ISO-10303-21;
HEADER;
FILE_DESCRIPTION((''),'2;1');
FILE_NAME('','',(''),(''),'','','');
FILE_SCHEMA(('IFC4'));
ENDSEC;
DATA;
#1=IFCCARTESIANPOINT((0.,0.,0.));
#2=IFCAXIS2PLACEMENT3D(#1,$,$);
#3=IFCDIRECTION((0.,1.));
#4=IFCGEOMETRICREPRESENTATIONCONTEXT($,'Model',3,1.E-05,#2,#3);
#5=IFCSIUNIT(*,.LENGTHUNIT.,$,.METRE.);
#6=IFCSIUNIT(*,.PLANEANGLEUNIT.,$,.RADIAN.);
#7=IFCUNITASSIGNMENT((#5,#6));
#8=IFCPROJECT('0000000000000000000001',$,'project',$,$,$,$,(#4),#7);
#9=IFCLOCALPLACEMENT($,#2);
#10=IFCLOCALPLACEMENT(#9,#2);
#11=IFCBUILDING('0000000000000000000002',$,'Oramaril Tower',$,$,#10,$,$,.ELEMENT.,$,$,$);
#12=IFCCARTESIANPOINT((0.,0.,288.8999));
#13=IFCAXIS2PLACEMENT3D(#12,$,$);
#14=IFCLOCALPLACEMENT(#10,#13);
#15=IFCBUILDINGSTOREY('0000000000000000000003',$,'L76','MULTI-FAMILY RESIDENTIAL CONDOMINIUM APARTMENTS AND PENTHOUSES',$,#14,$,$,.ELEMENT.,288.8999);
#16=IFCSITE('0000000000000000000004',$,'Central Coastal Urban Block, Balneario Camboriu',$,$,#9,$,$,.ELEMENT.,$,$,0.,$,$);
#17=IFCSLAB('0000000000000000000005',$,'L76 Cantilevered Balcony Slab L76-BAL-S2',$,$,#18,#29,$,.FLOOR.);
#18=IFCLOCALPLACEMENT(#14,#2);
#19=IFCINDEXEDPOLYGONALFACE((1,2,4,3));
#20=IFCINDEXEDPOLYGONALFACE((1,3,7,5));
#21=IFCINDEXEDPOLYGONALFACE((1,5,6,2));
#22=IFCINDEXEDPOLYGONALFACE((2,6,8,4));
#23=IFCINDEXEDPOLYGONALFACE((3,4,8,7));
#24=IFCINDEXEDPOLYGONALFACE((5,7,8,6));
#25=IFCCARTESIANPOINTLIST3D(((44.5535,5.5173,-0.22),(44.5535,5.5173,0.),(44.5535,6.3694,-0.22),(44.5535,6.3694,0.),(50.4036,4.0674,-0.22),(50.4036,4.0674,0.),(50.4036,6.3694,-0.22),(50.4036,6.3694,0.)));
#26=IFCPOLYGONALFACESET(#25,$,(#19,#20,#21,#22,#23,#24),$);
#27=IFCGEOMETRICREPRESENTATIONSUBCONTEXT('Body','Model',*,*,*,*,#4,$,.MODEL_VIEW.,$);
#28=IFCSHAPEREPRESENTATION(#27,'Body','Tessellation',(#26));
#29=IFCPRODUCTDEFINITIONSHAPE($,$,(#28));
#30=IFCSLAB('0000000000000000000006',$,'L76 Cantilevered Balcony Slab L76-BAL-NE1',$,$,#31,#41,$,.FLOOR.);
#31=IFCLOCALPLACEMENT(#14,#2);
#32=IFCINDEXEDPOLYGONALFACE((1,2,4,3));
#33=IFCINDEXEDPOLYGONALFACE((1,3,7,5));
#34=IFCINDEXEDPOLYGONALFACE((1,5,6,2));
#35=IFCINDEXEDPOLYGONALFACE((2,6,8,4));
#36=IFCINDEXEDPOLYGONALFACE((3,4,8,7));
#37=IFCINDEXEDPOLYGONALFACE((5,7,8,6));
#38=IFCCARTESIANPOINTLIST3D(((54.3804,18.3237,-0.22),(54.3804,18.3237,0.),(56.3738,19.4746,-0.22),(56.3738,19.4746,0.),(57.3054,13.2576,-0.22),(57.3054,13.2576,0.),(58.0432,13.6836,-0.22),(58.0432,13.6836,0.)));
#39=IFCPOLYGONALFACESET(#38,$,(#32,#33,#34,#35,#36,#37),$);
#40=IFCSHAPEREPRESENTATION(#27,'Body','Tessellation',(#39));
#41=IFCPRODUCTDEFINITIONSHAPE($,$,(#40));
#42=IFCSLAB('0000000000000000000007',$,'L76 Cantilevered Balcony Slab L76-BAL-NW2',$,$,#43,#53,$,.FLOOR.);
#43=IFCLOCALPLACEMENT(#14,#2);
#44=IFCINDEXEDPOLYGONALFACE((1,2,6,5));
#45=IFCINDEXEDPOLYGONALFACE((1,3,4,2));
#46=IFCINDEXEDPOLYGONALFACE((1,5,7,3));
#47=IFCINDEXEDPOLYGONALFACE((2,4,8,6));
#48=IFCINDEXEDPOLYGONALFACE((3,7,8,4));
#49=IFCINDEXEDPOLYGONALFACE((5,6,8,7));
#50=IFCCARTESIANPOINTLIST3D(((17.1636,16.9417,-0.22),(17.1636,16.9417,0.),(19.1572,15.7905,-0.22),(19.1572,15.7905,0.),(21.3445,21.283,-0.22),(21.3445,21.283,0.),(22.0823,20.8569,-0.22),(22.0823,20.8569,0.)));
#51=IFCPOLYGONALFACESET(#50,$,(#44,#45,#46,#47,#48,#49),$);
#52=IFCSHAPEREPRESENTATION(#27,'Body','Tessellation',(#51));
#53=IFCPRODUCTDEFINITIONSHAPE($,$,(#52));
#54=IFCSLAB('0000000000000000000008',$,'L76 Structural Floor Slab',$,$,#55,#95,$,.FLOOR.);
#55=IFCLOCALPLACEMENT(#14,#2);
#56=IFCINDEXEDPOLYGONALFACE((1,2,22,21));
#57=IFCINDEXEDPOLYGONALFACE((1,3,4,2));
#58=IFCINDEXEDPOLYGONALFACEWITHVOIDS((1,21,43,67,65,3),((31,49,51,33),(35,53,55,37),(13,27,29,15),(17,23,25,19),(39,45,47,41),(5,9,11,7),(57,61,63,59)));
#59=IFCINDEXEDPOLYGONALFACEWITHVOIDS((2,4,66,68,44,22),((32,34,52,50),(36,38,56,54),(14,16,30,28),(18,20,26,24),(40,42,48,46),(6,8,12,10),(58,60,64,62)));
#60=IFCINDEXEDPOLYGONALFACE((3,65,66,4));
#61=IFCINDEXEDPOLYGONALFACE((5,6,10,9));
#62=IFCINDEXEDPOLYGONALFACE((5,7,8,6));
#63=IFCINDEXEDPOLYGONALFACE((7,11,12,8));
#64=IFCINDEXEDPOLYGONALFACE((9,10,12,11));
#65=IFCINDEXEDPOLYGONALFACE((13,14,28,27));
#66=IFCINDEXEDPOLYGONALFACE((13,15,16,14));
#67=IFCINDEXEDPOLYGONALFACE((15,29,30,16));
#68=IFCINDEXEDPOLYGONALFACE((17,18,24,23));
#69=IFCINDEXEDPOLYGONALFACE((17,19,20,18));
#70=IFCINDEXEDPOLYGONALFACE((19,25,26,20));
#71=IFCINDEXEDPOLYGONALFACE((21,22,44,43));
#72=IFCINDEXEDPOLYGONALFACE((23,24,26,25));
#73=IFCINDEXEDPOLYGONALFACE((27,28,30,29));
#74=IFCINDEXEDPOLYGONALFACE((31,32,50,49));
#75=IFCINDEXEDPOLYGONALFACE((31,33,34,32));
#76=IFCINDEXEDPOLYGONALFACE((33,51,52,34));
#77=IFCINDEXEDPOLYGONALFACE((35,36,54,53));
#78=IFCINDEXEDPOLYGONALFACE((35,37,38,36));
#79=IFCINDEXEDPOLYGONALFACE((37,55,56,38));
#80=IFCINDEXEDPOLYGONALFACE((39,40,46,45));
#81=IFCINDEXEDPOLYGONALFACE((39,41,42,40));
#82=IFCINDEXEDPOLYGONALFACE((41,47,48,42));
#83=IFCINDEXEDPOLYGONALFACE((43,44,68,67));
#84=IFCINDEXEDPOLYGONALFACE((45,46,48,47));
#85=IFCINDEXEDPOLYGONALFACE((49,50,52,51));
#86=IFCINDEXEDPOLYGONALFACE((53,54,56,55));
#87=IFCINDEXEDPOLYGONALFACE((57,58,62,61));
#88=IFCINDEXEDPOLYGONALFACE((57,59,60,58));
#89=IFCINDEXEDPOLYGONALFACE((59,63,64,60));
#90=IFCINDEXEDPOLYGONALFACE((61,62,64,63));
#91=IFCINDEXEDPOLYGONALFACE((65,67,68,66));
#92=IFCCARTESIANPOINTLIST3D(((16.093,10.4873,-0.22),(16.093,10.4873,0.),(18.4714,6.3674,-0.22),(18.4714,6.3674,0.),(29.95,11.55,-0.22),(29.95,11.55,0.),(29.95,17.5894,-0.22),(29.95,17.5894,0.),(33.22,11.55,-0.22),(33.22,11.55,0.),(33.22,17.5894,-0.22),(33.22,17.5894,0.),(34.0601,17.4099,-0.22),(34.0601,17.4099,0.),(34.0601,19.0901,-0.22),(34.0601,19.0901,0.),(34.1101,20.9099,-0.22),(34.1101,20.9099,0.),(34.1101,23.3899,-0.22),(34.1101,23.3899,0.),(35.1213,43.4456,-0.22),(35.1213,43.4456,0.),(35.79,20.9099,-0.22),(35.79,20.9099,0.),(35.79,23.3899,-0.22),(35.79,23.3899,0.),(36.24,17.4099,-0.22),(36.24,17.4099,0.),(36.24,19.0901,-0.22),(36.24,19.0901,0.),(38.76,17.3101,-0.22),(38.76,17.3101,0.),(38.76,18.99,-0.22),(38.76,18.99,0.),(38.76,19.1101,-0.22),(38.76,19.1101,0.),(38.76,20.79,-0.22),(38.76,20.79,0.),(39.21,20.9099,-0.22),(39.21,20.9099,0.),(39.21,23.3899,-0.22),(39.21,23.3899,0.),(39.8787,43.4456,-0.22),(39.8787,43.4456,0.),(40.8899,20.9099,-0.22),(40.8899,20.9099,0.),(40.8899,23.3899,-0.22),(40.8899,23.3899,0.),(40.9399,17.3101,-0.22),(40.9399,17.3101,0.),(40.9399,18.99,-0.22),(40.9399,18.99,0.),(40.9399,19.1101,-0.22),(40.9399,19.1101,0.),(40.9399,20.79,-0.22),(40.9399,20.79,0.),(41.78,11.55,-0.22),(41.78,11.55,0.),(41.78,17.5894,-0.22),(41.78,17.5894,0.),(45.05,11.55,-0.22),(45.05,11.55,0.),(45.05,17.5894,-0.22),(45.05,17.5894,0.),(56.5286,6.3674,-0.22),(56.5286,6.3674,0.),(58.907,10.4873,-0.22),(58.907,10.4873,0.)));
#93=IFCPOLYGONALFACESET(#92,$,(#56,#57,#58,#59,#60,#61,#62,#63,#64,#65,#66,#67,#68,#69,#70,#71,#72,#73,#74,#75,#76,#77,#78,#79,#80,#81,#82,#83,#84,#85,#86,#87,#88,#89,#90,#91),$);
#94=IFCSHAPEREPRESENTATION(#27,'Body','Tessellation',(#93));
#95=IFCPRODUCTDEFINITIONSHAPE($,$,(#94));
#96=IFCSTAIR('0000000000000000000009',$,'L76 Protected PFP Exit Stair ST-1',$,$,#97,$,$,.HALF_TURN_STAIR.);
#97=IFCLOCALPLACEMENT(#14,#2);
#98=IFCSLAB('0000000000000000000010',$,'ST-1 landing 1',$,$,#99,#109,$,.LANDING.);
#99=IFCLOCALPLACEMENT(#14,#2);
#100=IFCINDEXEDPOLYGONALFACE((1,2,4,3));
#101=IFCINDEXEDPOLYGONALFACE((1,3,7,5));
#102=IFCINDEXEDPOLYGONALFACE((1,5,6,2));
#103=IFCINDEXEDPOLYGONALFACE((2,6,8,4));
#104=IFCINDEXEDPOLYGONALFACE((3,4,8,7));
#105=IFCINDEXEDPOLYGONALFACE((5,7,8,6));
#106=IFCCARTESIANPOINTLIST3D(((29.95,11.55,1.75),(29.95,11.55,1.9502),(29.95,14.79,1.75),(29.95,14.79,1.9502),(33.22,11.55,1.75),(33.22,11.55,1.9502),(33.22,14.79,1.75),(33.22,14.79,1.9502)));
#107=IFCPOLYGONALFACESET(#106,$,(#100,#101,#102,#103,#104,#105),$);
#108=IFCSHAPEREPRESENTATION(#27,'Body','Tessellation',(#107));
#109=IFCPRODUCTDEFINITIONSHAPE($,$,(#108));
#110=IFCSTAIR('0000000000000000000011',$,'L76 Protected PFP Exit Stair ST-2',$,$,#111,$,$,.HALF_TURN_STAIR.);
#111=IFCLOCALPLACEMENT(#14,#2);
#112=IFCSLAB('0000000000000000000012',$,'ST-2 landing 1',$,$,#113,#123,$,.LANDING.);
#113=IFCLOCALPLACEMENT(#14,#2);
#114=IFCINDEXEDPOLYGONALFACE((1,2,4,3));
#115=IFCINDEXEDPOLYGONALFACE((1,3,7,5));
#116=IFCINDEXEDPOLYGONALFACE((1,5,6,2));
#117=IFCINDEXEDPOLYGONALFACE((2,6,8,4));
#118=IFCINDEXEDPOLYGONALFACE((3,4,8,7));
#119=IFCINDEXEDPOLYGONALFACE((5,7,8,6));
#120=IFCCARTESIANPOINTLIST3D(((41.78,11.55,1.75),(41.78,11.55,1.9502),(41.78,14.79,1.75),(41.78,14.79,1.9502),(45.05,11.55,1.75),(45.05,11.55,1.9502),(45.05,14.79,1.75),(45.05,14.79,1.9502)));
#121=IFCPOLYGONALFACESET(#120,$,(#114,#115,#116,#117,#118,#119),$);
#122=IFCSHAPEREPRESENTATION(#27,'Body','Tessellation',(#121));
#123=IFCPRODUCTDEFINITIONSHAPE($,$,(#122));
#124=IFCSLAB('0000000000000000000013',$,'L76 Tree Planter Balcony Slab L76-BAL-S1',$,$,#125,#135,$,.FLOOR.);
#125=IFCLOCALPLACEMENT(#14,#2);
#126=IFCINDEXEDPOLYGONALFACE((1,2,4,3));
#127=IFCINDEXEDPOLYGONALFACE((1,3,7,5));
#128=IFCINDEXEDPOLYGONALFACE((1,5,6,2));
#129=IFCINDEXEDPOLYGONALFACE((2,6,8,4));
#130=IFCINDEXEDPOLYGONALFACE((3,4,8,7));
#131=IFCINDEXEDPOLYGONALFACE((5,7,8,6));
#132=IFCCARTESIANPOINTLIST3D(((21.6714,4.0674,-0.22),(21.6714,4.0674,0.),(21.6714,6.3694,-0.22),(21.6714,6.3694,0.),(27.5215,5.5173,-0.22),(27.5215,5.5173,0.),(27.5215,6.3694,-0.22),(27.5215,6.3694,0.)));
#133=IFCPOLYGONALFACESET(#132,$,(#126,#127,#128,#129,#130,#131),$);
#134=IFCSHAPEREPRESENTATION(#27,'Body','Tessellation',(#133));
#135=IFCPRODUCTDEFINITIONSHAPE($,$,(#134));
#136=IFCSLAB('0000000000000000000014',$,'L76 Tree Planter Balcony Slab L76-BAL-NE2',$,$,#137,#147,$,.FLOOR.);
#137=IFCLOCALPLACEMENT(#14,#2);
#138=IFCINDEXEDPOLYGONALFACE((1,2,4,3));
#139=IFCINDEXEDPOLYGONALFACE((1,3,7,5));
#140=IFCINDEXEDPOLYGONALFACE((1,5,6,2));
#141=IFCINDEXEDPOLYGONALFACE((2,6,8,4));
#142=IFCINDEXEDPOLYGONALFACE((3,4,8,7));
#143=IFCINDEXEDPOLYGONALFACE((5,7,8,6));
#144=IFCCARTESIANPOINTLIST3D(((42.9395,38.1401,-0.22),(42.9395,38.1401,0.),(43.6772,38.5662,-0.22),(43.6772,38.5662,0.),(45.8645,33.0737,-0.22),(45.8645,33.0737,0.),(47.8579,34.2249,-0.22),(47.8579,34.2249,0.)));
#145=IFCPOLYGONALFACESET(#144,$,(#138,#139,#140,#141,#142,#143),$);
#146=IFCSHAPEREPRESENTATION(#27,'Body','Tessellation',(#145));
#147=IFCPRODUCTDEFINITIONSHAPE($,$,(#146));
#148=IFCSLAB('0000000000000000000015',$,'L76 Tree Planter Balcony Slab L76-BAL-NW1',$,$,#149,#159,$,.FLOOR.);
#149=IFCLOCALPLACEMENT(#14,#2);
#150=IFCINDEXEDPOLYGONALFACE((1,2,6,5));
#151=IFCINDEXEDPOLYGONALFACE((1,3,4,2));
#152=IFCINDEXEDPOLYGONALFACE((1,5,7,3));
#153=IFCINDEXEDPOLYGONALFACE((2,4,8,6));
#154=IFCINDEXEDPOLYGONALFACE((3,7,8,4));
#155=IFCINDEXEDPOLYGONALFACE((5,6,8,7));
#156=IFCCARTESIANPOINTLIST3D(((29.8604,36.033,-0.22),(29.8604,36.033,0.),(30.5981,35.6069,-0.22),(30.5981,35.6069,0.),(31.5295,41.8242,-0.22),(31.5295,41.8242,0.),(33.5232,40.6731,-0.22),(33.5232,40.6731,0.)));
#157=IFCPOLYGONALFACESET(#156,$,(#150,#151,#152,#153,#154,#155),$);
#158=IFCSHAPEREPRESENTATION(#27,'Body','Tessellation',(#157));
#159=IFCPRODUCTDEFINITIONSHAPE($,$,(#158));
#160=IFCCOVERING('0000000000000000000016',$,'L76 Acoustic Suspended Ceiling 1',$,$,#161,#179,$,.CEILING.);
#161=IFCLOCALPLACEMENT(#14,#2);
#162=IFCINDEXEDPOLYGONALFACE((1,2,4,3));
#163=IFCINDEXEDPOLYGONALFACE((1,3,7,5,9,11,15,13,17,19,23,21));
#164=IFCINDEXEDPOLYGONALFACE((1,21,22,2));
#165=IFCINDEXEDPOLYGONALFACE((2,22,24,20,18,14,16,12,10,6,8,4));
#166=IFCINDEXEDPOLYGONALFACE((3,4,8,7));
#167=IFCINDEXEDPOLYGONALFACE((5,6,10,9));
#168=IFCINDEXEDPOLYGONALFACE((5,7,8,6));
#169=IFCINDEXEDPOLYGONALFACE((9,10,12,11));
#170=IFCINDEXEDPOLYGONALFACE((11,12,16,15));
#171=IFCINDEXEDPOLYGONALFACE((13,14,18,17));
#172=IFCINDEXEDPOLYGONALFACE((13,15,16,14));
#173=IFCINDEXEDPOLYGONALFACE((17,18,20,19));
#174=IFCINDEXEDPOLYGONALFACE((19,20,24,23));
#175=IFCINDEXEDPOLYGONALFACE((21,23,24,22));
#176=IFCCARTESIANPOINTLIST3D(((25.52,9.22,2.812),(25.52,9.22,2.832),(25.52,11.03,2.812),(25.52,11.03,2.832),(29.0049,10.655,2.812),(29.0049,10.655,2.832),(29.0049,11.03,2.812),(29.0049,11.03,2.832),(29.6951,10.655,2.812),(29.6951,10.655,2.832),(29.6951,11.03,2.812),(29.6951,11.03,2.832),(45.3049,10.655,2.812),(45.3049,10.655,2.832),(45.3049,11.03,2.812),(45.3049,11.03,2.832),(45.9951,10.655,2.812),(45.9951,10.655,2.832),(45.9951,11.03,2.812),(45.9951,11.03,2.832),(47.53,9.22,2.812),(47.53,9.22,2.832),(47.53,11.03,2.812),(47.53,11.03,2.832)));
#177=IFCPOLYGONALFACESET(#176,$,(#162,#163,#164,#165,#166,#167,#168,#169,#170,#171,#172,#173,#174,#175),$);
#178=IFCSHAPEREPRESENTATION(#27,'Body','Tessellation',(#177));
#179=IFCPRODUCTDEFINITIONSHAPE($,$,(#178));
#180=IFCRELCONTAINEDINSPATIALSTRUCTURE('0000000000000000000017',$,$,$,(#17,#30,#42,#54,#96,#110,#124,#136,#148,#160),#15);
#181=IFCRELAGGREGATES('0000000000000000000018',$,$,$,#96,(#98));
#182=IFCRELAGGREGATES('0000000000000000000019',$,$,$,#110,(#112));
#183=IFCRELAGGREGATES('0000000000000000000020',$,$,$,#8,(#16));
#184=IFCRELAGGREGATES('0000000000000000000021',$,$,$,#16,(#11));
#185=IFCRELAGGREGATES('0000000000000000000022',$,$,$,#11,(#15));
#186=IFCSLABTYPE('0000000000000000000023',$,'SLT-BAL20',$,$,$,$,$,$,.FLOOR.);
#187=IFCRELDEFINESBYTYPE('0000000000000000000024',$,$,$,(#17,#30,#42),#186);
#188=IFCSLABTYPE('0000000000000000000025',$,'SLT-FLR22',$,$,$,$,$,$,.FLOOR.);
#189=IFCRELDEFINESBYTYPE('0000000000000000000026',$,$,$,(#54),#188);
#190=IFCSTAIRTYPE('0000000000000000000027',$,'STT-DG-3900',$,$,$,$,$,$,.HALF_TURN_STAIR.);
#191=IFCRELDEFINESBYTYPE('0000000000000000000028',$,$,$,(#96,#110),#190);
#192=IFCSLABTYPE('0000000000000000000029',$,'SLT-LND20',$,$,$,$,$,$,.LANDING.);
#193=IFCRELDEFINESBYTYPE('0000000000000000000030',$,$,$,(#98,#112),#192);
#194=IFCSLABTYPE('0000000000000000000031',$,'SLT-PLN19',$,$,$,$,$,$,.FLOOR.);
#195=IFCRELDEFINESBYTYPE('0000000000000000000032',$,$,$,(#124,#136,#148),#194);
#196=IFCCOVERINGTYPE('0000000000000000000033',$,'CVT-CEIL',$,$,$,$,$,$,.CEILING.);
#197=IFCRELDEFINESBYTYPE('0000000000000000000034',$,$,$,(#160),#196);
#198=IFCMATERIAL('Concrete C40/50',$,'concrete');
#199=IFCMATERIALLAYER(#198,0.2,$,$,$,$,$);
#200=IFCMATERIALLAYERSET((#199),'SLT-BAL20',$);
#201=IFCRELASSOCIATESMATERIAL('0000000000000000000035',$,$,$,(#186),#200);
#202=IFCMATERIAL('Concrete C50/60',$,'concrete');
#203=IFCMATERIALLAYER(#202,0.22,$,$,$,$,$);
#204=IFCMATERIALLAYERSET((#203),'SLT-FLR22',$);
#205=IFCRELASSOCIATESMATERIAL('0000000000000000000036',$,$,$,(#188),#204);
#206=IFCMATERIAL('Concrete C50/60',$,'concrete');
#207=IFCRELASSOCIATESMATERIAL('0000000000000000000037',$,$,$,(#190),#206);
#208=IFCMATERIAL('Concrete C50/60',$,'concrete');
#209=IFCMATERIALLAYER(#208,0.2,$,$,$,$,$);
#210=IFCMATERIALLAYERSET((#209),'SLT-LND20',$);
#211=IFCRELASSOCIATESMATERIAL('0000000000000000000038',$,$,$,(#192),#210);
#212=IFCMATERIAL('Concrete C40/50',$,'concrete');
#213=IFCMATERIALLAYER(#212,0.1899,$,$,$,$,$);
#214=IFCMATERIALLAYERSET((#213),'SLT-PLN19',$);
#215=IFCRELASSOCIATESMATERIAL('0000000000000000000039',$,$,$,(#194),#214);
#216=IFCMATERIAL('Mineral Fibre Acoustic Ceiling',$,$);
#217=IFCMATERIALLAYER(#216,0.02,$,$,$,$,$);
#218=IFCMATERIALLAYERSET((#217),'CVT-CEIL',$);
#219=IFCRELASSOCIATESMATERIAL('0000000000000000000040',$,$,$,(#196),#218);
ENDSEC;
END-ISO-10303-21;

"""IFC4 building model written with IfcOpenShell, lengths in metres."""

from ifc_helpers import new_model, si_unit, direction, frame, origin, place, context, subcontext, project, spatial, polyline, outline, extrude, material, layer, layer_set, type_object, element, aggregate, save


model = new_model("IFC4")

# Units and contexts
model_context = context("Model", 3, precision=1e-05, world=origin(), true_north=direction((0.0, 1.0)))
body_context = subcontext(model_context, "Body", "Model", "MODEL_VIEW")
ifc_project = project(units=[si_unit("LENGTHUNIT", "METRE"), si_unit("PLANEANGLEUNIT", "RADIAN")], contexts=[model_context])

# Site, building, storey
site_placement = place(None, origin())
site = spatial("IfcSite", under=ifc_project, at=site_placement, Name="Central Coastal Urban Block, Balneario Camboriu", CompositionType="ELEMENT", RefElevation=0.0)
building_placement = place(site_placement, origin())
building = spatial("IfcBuilding", under=site, at=building_placement, Name="Oramaril Tower", CompositionType="ELEMENT")
storey_placement = place(building_placement, frame((0.0, 0.0, 288.8999)))
storey = spatial("IfcBuildingStorey", under=building, at=storey_placement, Name="L76", Description="MULTI-FAMILY RESIDENTIAL CONDOMINIUM APARTMENTS AND PENTHOUSES", CompositionType="ELEMENT", Elevation=288.8999)

# Slabs
ifc_material_1 = material(Name="Concrete C40/50", Category="concrete")
ifc_layer_1 = layer(ifc_material_1, 0.2)
ifc_layer_set_1 = layer_set([ifc_layer_1], Name="SLT-BAL20")
slab_type_1 = type_object("IfcSlabType", Name="SLT-BAL20", PredefinedType="FLOOR", material=ifc_layer_set_1)
slab_1_placement = place(storey_placement, frame((0.0, 0.0, -0.22)))
element("IfcSlab", 1, at=slab_1_placement, inside=storey, type_object=slab_type_1, Name="L76 Cantilevered Balcony Slab L76-BAL-S2", PredefinedType="FLOOR", context=body_context, shape_type="SweptSolid", body=[
    extrude(outline(polyline([(44.5535, 6.3694), (50.4036, 6.3694), (50.4036, 4.0674), (44.5535, 5.5173), (44.5535, 6.3694)])), origin(), (0.0, 0.0, 1.0), 0.22),
])
slab_2_placement = place(storey_placement, frame((0.0, 0.0, -0.22)))
element("IfcSlab", 2, at=slab_2_placement, inside=storey, type_object=slab_type_1, Name="L76 Cantilevered Balcony Slab L76-BAL-NE1", PredefinedType="FLOOR", context=body_context, shape_type="SweptSolid", body=[
    extrude(outline(polyline([(57.3054, 13.2576), (54.3804, 18.3237), (56.3738, 19.4746), (58.0432, 13.6836), (57.3054, 13.2576)])), origin(), (0.0, 0.0, 1.0), 0.22),
])
slab_3_placement = place(storey_placement, frame((0.0, 0.0, -0.22)))
element("IfcSlab", 3, at=slab_3_placement, inside=storey, type_object=slab_type_1, Name="L76 Cantilevered Balcony Slab L76-BAL-NW2", PredefinedType="FLOOR", context=body_context, shape_type="SweptSolid", body=[
    extrude(outline(polyline([(22.0823, 20.8569), (19.1572, 15.7905), (17.1636, 16.9417), (21.3445, 21.283), (22.0823, 20.8569)])), origin(), (0.0, 0.0, 1.0), 0.22),
])
ifc_material_2 = material(Name="Concrete C50/60", Category="concrete")
ifc_layer_2 = layer(ifc_material_2, 0.22)
ifc_layer_set_2 = layer_set([ifc_layer_2], Name="SLT-FLR22")
slab_type_2 = type_object("IfcSlabType", Name="SLT-FLR22", PredefinedType="FLOOR", material=ifc_layer_set_2)
slab_4_placement = place(storey_placement, frame((0.0, 0.0, -0.22)))
element("IfcSlab", 4, at=slab_4_placement, inside=storey, type_object=slab_type_2, Name="L76 Structural Floor Slab", PredefinedType="FLOOR", context=body_context, shape_type="SweptSolid", body=[
    extrude(outline(polyline([(16.093, 10.4873), (18.4714, 6.3674), (56.5286, 6.3674), (58.907, 10.4873), (39.8787, 43.4456), (35.1213, 43.4456), (16.093, 10.4873)]), holes=[polyline([(29.95, 17.5894), (29.95, 11.55), (33.22, 11.55), (33.22, 17.5894), (29.95, 17.5894)]), polyline([(41.78, 17.5894), (41.78, 11.55), (45.05, 11.55), (45.05, 17.5894), (41.78, 17.5894)]), polyline([(34.1101, 20.9099), (35.79, 20.9099), (35.79, 23.3899), (34.1101, 23.3899), (34.1101, 20.9099)]), polyline([(39.21, 20.9099), (40.8899, 20.9099), (40.8899, 23.3899), (39.21, 23.3899), (39.21, 20.9099)]), polyline([(34.0601, 17.4099), (36.24, 17.4099), (36.24, 19.0901), (34.0601, 19.0901), (34.0601, 17.4099)]), polyline([(38.76, 17.3101), (40.9399, 17.3101), (40.9399, 18.99), (38.76, 18.99), (38.76, 17.3101)]), polyline([(38.76, 19.1101), (40.9399, 19.1101), (40.9399, 20.79), (38.76, 20.79), (38.76, 19.1101)])]), origin(), (0.0, 0.0, 1.0), 0.22),
])

# Stairs, slabs
ifc_material_3 = material(Name="Concrete C50/60", Category="concrete")
stair_type = type_object("IfcStairType", Name="STT-DG-3900", PredefinedType="HALF_TURN_STAIR", material=ifc_material_3)
stair_1_placement = place(storey_placement, origin())
stair_1 = element("IfcStair", 5, at=stair_1_placement, inside=storey, type_object=stair_type, Name="L76 Protected PFP Exit Stair ST-1", PredefinedType="HALF_TURN_STAIR")
ifc_material_4 = material(Name="Concrete C50/60", Category="concrete")
ifc_layer_3 = layer(ifc_material_4, 0.2)
ifc_layer_set_3 = layer_set([ifc_layer_3], Name="SLT-LND20")
slab_type_3 = type_object("IfcSlabType", Name="SLT-LND20", PredefinedType="LANDING", material=ifc_layer_set_3)
slab_5_placement = place(storey_placement, frame((0.0, 0.0, 1.75)))
slab_5 = element("IfcSlab", 6, at=slab_5_placement, type_object=slab_type_3, Name="ST-1 landing 1", PredefinedType="LANDING", context=body_context, shape_type="SweptSolid", body=[
    extrude(outline(polyline([(29.95, 14.79), (29.95, 11.55), (33.22, 11.55), (33.22, 14.79), (29.95, 14.79)])), origin(), (0.0, 0.0, 1.0), 0.2002),
])
aggregate(stair_1, [slab_5])
stair_2_placement = place(storey_placement, origin())
stair_2 = element("IfcStair", 7, at=stair_2_placement, inside=storey, type_object=stair_type, Name="L76 Protected PFP Exit Stair ST-2", PredefinedType="HALF_TURN_STAIR")
slab_6_placement = place(storey_placement, frame((0.0, 0.0, 1.75)))
slab_6 = element("IfcSlab", 8, at=slab_6_placement, type_object=slab_type_3, Name="ST-2 landing 1", PredefinedType="LANDING", context=body_context, shape_type="SweptSolid", body=[
    extrude(outline(polyline([(41.78, 14.79), (41.78, 11.55), (45.05, 11.55), (45.05, 14.79), (41.78, 14.79)])), origin(), (0.0, 0.0, 1.0), 0.2002),
])
aggregate(stair_2, [slab_6])

# Slabs
ifc_material_5 = material(Name="Concrete C40/50", Category="concrete")
ifc_layer_4 = layer(ifc_material_5, 0.1899)
ifc_layer_set_4 = layer_set([ifc_layer_4], Name="SLT-PLN19")
slab_type_4 = type_object("IfcSlabType", Name="SLT-PLN19", PredefinedType="FLOOR", material=ifc_layer_set_4)
slab_7_placement = place(storey_placement, frame((0.0, 0.0, -0.22)))
element("IfcSlab", 9, at=slab_7_placement, inside=storey, type_object=slab_type_4, Name="L76 Tree Planter Balcony Slab L76-BAL-S1", PredefinedType="FLOOR", context=body_context, shape_type="SweptSolid", body=[
    extrude(outline(polyline([(21.6714, 6.3694), (27.5215, 6.3694), (27.5215, 5.5173), (21.6714, 4.0674), (21.6714, 6.3694)])), origin(), (0.0, 0.0, 1.0), 0.22),
])
slab_8_placement = place(storey_placement, frame((0.0, 0.0, -0.22)))
element("IfcSlab", 10, at=slab_8_placement, inside=storey, type_object=slab_type_4, Name="L76 Tree Planter Balcony Slab L76-BAL-NE2", PredefinedType="FLOOR", context=body_context, shape_type="SweptSolid", body=[
    extrude(outline(polyline([(45.8645, 33.0737), (42.9395, 38.1401), (43.6772, 38.5662), (47.8579, 34.2249), (45.8645, 33.0737)])), origin(), (0.0, 0.0, 1.0), 0.22),
])
slab_9_placement = place(storey_placement, frame((0.0, 0.0, -0.22)))
element("IfcSlab", 11, at=slab_9_placement, inside=storey, type_object=slab_type_4, Name="L76 Tree Planter Balcony Slab L76-BAL-NW1", PredefinedType="FLOOR", context=body_context, shape_type="SweptSolid", body=[
    extrude(outline(polyline([(33.5232, 40.6731), (30.5981, 35.6069), (29.8604, 36.033), (31.5295, 41.8242), (33.5232, 40.6731)])), origin(), (0.0, 0.0, 1.0), 0.22),
])

# Covering
ifc_material_6 = material(Name="Mineral Fibre Acoustic Ceiling")
ifc_layer_5 = layer(ifc_material_6, 0.02)
ifc_layer_set_5 = layer_set([ifc_layer_5], Name="CVT-CEIL")
covering_type_1 = type_object("IfcCoveringType", Name="CVT-CEIL", PredefinedType="CEILING", material=ifc_layer_set_5)
covering_1_placement = place(storey_placement, frame((0.0, 0.0, 2.812)))
element("IfcCovering", 12, at=covering_1_placement, inside=storey, type_object=covering_type_1, Name="L76 Acoustic Suspended Ceiling 1", PredefinedType="CEILING", context=body_context, shape_type="SweptSolid", body=[
    extrude(outline(polyline([(29.0049, 10.655), (29.6951, 10.655), (29.6951, 11.03), (45.3049, 11.03), (45.3049, 10.655), (45.9951, 10.655), (45.9951, 11.03), (47.53, 11.03), (47.53, 9.22), (25.52, 9.22), (25.52, 11.03), (29.0049, 11.03), (29.0049, 10.655)])), origin(), (0.0, 0.0, 1.0), 0.02),
])

save(model, "model.ifc")
